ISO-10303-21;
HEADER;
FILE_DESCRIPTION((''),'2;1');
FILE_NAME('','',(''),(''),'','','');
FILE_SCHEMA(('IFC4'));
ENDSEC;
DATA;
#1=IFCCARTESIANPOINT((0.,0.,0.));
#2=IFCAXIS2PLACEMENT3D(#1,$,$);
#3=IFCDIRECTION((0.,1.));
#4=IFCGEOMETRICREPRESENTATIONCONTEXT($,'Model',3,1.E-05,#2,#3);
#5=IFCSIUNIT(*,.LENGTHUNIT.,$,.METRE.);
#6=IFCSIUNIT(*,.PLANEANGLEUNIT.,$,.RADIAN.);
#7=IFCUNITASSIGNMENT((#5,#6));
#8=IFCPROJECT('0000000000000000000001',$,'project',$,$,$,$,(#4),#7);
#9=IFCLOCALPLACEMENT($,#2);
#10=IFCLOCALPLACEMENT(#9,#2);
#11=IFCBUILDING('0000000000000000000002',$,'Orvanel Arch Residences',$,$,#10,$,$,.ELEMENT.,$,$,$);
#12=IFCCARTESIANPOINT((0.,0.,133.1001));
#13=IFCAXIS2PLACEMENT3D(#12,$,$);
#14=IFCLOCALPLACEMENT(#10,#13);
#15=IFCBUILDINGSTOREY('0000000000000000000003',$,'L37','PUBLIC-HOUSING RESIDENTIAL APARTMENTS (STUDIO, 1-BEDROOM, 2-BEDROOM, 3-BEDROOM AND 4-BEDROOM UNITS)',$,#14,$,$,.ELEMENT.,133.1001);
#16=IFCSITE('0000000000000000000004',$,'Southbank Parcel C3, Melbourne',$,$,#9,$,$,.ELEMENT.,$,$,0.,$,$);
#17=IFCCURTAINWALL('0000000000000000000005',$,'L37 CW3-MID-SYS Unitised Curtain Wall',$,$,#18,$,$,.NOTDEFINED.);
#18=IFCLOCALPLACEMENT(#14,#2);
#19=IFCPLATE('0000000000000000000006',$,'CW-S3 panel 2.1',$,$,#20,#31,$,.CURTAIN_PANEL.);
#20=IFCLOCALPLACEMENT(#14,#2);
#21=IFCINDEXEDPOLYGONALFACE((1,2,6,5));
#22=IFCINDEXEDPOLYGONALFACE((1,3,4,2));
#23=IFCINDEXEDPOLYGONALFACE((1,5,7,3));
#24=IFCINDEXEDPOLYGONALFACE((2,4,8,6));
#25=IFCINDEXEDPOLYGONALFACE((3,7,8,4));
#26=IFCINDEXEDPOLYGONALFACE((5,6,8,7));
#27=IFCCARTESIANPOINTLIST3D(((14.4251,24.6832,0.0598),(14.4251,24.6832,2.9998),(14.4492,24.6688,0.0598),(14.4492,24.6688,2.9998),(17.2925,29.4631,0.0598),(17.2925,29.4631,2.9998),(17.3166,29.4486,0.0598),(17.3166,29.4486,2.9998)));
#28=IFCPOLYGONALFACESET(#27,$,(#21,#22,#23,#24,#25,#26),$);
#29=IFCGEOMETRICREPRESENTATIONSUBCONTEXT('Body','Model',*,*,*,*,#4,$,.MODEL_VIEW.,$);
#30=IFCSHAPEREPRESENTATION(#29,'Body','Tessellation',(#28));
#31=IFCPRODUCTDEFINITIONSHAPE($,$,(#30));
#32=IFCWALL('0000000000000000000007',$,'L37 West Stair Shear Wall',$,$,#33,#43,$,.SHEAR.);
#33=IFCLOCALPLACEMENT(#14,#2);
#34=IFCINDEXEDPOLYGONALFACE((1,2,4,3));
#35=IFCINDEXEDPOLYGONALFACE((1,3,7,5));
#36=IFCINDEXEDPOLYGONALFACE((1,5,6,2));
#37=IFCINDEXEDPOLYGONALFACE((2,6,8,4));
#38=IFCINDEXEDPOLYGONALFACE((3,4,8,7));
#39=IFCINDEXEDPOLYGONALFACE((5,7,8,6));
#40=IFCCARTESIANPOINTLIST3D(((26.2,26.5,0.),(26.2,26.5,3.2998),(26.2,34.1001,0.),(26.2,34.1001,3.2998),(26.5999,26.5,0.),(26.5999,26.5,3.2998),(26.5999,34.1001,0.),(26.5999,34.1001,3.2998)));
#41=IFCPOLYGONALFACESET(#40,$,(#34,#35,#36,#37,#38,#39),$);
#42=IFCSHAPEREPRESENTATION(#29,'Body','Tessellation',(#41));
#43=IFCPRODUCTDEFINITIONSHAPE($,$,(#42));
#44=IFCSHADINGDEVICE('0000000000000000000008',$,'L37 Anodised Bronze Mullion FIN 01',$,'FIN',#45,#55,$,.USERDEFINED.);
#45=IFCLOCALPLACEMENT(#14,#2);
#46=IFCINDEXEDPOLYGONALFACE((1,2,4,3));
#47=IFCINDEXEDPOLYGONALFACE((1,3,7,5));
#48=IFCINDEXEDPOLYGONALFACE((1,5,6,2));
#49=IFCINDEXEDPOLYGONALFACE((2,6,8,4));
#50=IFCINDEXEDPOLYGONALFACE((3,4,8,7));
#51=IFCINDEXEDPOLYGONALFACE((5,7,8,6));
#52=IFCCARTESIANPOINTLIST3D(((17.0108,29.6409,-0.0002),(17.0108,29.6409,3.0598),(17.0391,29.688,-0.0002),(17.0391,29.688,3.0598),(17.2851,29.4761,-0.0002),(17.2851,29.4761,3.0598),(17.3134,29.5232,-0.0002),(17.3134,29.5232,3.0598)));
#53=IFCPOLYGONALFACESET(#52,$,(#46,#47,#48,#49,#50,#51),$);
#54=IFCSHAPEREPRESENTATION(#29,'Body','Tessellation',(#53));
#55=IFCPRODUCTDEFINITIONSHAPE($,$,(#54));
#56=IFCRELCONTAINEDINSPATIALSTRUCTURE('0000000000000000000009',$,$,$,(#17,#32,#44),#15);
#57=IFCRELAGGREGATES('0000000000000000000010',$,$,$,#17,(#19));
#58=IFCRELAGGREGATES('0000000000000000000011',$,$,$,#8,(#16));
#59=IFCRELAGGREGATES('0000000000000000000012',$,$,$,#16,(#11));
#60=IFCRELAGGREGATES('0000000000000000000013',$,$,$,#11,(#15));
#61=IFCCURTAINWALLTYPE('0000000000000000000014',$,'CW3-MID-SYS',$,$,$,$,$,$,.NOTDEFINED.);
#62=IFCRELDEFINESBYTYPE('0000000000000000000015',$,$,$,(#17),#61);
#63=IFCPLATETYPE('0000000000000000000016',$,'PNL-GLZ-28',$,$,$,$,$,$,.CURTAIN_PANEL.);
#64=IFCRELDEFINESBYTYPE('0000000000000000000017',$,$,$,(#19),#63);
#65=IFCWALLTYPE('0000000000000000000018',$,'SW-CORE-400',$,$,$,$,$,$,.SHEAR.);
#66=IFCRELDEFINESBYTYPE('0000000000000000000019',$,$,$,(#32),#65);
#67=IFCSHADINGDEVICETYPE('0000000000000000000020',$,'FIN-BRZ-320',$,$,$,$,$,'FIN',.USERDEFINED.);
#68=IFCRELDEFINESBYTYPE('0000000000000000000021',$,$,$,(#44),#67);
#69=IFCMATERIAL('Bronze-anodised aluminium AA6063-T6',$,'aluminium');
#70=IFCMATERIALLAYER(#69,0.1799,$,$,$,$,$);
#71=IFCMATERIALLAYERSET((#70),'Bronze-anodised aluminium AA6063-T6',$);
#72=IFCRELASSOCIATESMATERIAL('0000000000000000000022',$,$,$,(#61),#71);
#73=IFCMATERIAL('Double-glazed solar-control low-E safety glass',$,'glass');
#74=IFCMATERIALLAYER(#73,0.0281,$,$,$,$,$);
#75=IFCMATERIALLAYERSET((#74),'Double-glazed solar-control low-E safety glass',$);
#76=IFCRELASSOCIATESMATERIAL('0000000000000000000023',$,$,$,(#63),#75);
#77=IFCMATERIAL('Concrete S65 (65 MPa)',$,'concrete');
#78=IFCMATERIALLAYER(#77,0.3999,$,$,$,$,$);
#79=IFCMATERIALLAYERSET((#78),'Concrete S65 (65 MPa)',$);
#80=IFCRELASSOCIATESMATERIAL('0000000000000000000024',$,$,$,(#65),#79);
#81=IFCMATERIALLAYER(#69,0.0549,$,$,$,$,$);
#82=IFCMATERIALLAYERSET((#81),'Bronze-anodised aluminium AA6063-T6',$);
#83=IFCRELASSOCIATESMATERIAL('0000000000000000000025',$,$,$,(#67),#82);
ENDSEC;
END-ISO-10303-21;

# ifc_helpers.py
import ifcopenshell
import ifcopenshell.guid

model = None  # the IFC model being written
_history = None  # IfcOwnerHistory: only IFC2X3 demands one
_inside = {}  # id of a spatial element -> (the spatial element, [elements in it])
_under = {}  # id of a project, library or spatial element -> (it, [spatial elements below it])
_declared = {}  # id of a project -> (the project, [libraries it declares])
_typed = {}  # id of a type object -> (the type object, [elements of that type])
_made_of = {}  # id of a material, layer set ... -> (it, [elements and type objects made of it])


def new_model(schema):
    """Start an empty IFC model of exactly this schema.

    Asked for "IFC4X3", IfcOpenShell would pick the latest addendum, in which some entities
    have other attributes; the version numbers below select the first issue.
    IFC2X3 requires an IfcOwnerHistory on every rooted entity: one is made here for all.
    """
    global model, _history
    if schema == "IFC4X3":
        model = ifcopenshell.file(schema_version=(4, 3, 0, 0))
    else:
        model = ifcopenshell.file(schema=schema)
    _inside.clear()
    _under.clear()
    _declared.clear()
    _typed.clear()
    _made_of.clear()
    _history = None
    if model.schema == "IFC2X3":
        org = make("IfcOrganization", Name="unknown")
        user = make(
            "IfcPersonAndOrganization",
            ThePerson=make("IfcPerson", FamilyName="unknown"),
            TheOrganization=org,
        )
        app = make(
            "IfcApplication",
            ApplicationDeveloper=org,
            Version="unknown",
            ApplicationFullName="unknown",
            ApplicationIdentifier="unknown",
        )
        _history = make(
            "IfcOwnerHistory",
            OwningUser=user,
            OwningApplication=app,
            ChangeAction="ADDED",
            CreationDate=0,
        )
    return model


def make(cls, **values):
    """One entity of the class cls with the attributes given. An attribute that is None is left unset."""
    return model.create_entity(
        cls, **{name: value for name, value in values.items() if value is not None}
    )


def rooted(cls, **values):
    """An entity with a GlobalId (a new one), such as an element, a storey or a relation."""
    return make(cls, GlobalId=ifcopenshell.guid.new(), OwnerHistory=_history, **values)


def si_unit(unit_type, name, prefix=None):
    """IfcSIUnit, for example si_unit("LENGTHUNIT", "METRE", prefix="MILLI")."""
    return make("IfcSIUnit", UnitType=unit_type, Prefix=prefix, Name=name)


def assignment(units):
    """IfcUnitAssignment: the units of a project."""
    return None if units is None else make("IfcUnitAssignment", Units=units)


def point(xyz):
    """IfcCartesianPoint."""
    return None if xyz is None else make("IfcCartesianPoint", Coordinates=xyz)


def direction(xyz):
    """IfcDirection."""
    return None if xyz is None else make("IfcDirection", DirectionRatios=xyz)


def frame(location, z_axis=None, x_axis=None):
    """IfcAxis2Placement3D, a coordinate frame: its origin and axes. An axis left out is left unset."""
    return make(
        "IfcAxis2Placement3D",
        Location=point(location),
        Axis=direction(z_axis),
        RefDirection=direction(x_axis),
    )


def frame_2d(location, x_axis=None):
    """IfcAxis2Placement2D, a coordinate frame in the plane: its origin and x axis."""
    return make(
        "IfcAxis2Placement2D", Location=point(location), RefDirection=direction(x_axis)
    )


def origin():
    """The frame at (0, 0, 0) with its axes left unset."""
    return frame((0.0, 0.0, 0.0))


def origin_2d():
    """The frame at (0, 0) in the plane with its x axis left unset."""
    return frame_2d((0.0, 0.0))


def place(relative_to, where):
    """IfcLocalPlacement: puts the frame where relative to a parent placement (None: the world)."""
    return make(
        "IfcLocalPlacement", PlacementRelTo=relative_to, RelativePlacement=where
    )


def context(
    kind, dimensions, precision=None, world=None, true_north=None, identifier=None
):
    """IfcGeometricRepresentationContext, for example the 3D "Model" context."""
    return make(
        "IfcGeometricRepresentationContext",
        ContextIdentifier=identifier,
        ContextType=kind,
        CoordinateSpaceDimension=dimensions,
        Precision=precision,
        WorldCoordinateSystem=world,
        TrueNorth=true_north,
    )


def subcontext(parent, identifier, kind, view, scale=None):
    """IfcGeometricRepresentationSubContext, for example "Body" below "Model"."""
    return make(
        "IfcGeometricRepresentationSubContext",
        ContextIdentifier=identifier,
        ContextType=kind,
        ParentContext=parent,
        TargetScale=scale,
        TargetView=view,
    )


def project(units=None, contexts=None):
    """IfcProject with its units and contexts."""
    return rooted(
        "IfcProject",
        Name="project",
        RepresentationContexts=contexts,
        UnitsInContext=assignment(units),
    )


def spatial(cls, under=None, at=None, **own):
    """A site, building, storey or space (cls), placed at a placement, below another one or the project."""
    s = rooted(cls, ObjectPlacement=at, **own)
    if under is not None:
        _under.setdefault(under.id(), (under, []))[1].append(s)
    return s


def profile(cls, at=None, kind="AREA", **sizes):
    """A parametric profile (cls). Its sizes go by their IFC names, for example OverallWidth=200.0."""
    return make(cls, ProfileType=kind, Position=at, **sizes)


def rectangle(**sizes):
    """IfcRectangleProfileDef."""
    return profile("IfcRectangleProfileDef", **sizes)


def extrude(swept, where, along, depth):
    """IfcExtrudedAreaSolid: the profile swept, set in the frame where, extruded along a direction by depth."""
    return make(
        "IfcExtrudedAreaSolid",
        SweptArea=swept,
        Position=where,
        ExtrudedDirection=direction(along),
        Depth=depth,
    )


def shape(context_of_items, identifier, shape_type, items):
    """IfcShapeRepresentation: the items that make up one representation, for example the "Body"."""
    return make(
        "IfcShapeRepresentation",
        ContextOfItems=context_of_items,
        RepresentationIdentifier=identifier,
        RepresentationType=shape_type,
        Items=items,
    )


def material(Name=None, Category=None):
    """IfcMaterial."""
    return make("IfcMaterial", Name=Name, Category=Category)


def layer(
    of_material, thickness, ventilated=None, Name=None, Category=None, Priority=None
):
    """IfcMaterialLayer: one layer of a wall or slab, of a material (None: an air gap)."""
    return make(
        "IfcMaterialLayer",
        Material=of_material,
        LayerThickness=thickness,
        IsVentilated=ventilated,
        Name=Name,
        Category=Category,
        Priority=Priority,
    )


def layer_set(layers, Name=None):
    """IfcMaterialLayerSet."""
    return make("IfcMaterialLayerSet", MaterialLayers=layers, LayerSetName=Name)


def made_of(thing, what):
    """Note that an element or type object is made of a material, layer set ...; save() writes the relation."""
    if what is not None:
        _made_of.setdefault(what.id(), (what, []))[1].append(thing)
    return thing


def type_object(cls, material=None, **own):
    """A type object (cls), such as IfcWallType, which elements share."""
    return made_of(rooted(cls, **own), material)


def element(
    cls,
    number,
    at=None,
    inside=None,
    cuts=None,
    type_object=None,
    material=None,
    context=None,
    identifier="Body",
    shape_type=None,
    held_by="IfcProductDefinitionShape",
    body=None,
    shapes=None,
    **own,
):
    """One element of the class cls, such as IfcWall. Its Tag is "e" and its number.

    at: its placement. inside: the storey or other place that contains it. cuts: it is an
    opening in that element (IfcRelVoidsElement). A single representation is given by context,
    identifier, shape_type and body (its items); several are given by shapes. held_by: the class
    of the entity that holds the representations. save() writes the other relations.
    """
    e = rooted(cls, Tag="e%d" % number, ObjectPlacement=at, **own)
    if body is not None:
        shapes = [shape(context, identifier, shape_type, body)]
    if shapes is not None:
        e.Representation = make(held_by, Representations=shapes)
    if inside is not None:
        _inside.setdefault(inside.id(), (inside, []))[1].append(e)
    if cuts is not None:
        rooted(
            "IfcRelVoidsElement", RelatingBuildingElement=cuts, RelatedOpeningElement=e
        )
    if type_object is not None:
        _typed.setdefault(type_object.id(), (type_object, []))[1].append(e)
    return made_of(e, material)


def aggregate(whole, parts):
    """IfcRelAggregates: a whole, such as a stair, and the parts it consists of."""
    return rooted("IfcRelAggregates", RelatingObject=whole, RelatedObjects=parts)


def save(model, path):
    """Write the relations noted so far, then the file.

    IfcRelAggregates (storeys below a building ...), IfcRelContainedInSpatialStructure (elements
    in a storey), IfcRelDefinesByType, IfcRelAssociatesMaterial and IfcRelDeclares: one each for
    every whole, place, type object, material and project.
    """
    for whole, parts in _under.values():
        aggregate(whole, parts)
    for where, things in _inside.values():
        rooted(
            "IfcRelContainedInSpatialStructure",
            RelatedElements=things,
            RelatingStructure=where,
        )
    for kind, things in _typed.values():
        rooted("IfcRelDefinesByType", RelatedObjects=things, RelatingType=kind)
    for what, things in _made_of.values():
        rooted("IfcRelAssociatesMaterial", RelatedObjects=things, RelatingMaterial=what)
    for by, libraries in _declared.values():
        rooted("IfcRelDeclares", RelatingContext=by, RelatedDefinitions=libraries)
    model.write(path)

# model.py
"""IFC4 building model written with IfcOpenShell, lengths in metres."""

from ifc_helpers import new_model, si_unit, direction, frame, frame_2d, origin, origin_2d, place, context, subcontext, project, spatial, rectangle, extrude, material, layer, layer_set, type_object, element, aggregate, save


model = new_model("IFC4")

# Units and contexts
model_context = context("Model", 3, precision=1e-05, world=origin(), true_north=direction((0.0, 1.0)))
body_context = subcontext(model_context, "Body", "Model", "MODEL_VIEW")
ifc_project = project(units=[si_unit("LENGTHUNIT", "METRE"), si_unit("PLANEANGLEUNIT", "RADIAN")], contexts=[model_context])

# Site, building, storey
site_placement = place(None, origin())
site = spatial("IfcSite", under=ifc_project, at=site_placement, Name="Southbank Parcel C3, Melbourne", CompositionType="ELEMENT", RefElevation=0.0)
building_placement = place(site_placement, origin())
building = spatial("IfcBuilding", under=site, at=building_placement, Name="Orvanel Arch Residences", CompositionType="ELEMENT")
storey_placement = place(building_placement, frame((0.0, 0.0, 133.1001)))
storey = spatial("IfcBuildingStorey", under=building, at=storey_placement, Name="L37", Description="PUBLIC-HOUSING RESIDENTIAL APARTMENTS (STUDIO, 1-BEDROOM, 2-BEDROOM, 3-BEDROOM AND 4-BEDROOM UNITS)", CompositionType="ELEMENT", Elevation=133.1001)

# Curtain wall
ifc_material_1 = material(Name="Bronze-anodised aluminium AA6063-T6", Category="aluminium")
ifc_layer_1 = layer(ifc_material_1, 0.1799)
ifc_layer_set_1 = layer_set([ifc_layer_1], Name="Bronze-anodised aluminium AA6063-T6")
curtain_wall_type = type_object("IfcCurtainWallType", Name="CW3-MID-SYS", PredefinedType="NOTDEFINED", material=ifc_layer_set_1)
curtain_wall_1_placement = place(storey_placement, origin())
curtain_wall_1 = element("IfcCurtainWall", 1, at=curtain_wall_1_placement, inside=storey, type_object=curtain_wall_type, Name="L37 CW3-MID-SYS Unitised Curtain Wall", PredefinedType="NOTDEFINED")

# Plate
ifc_material_2 = material(Name="Double-glazed solar-control low-E safety glass", Category="glass")
ifc_layer_2 = layer(ifc_material_2, 0.0281)
ifc_layer_set_2 = layer_set([ifc_layer_2], Name="Double-glazed solar-control low-E safety glass")
plate_type_1 = type_object("IfcPlateType", Name="PNL-GLZ-28", PredefinedType="CURTAIN_PANEL", material=ifc_layer_set_2)
plate_1_placement = place(storey_placement, frame((15.8708, 27.0659, 0.0598), z_axis=(0.0, 0.0, 1.0), x_axis=(-0.514431, -0.857532, 0.0)))
plate_1 = element("IfcPlate", 2, at=plate_1_placement, type_object=plate_type_1, Name="CW-S3 panel 2.1", PredefinedType="CURTAIN_PANEL", context=body_context, shape_type="SweptSolid", body=[
    extrude(rectangle(XDim=5.574, YDim=0.0281, at=origin_2d()), origin(), (0.0, 0.0, 1.0), 2.9399),
])
aggregate(curtain_wall_1, [plate_1])

# Shared definitions
ifc_material_3 = material(Name="Concrete S65 (65 MPa)", Category="concrete")
ifc_layer_3 = layer(ifc_material_3, 0.3999)
ifc_layer_set_3 = layer_set([ifc_layer_3], Name="Concrete S65 (65 MPa)")
wall_type = type_object("IfcWallType", Name="SW-CORE-400", PredefinedType="SHEAR", material=ifc_layer_set_3)

# Wall
wall_1_placement = place(storey_placement, frame((26.3999, 26.5, 0.0), z_axis=(0.0, 0.0, 1.0), x_axis=(0.0, 1.0, 0.0)))
element("IfcWall", 3, at=wall_1_placement, inside=storey, type_object=wall_type, Name="L37 West Stair Shear Wall", PredefinedType="SHEAR", context=body_context, shape_type="SweptSolid", body=[
    extrude(rectangle(XDim=7.6001, YDim=0.3999, at=frame_2d((3.8, 0.0))), origin(), (0.0, 0.0, 1.0), 3.2998),
])

# Shading device
ifc_layer_4 = layer(ifc_material_1, 0.0549)
ifc_layer_set_4 = layer_set([ifc_layer_4], Name="Bronze-anodised aluminium AA6063-T6")
shading_device_type = type_object("IfcShadingDeviceType", Name="FIN-BRZ-320", ElementType="FIN", PredefinedType="USERDEFINED", material=ifc_layer_set_4)
shading_device_placement = place(storey_placement, frame((17.1621, 29.582, -0.0002), z_axis=(0.0, 0.0, 1.0), x_axis=(-0.857167, 0.515038, 0.0)))
element("IfcShadingDevice", 4, at=shading_device_placement, inside=storey, type_object=shading_device_type, Name="L37 Anodised Bronze Mullion FIN 01", ObjectType="FIN", PredefinedType="USERDEFINED", context=body_context, shape_type="SweptSolid", body=[
    extrude(rectangle(XDim=0.3201, YDim=0.0549, at=origin_2d()), origin(), (0.0, 0.0, 1.0), 3.0601),
])

save(model, "model.ifc")
